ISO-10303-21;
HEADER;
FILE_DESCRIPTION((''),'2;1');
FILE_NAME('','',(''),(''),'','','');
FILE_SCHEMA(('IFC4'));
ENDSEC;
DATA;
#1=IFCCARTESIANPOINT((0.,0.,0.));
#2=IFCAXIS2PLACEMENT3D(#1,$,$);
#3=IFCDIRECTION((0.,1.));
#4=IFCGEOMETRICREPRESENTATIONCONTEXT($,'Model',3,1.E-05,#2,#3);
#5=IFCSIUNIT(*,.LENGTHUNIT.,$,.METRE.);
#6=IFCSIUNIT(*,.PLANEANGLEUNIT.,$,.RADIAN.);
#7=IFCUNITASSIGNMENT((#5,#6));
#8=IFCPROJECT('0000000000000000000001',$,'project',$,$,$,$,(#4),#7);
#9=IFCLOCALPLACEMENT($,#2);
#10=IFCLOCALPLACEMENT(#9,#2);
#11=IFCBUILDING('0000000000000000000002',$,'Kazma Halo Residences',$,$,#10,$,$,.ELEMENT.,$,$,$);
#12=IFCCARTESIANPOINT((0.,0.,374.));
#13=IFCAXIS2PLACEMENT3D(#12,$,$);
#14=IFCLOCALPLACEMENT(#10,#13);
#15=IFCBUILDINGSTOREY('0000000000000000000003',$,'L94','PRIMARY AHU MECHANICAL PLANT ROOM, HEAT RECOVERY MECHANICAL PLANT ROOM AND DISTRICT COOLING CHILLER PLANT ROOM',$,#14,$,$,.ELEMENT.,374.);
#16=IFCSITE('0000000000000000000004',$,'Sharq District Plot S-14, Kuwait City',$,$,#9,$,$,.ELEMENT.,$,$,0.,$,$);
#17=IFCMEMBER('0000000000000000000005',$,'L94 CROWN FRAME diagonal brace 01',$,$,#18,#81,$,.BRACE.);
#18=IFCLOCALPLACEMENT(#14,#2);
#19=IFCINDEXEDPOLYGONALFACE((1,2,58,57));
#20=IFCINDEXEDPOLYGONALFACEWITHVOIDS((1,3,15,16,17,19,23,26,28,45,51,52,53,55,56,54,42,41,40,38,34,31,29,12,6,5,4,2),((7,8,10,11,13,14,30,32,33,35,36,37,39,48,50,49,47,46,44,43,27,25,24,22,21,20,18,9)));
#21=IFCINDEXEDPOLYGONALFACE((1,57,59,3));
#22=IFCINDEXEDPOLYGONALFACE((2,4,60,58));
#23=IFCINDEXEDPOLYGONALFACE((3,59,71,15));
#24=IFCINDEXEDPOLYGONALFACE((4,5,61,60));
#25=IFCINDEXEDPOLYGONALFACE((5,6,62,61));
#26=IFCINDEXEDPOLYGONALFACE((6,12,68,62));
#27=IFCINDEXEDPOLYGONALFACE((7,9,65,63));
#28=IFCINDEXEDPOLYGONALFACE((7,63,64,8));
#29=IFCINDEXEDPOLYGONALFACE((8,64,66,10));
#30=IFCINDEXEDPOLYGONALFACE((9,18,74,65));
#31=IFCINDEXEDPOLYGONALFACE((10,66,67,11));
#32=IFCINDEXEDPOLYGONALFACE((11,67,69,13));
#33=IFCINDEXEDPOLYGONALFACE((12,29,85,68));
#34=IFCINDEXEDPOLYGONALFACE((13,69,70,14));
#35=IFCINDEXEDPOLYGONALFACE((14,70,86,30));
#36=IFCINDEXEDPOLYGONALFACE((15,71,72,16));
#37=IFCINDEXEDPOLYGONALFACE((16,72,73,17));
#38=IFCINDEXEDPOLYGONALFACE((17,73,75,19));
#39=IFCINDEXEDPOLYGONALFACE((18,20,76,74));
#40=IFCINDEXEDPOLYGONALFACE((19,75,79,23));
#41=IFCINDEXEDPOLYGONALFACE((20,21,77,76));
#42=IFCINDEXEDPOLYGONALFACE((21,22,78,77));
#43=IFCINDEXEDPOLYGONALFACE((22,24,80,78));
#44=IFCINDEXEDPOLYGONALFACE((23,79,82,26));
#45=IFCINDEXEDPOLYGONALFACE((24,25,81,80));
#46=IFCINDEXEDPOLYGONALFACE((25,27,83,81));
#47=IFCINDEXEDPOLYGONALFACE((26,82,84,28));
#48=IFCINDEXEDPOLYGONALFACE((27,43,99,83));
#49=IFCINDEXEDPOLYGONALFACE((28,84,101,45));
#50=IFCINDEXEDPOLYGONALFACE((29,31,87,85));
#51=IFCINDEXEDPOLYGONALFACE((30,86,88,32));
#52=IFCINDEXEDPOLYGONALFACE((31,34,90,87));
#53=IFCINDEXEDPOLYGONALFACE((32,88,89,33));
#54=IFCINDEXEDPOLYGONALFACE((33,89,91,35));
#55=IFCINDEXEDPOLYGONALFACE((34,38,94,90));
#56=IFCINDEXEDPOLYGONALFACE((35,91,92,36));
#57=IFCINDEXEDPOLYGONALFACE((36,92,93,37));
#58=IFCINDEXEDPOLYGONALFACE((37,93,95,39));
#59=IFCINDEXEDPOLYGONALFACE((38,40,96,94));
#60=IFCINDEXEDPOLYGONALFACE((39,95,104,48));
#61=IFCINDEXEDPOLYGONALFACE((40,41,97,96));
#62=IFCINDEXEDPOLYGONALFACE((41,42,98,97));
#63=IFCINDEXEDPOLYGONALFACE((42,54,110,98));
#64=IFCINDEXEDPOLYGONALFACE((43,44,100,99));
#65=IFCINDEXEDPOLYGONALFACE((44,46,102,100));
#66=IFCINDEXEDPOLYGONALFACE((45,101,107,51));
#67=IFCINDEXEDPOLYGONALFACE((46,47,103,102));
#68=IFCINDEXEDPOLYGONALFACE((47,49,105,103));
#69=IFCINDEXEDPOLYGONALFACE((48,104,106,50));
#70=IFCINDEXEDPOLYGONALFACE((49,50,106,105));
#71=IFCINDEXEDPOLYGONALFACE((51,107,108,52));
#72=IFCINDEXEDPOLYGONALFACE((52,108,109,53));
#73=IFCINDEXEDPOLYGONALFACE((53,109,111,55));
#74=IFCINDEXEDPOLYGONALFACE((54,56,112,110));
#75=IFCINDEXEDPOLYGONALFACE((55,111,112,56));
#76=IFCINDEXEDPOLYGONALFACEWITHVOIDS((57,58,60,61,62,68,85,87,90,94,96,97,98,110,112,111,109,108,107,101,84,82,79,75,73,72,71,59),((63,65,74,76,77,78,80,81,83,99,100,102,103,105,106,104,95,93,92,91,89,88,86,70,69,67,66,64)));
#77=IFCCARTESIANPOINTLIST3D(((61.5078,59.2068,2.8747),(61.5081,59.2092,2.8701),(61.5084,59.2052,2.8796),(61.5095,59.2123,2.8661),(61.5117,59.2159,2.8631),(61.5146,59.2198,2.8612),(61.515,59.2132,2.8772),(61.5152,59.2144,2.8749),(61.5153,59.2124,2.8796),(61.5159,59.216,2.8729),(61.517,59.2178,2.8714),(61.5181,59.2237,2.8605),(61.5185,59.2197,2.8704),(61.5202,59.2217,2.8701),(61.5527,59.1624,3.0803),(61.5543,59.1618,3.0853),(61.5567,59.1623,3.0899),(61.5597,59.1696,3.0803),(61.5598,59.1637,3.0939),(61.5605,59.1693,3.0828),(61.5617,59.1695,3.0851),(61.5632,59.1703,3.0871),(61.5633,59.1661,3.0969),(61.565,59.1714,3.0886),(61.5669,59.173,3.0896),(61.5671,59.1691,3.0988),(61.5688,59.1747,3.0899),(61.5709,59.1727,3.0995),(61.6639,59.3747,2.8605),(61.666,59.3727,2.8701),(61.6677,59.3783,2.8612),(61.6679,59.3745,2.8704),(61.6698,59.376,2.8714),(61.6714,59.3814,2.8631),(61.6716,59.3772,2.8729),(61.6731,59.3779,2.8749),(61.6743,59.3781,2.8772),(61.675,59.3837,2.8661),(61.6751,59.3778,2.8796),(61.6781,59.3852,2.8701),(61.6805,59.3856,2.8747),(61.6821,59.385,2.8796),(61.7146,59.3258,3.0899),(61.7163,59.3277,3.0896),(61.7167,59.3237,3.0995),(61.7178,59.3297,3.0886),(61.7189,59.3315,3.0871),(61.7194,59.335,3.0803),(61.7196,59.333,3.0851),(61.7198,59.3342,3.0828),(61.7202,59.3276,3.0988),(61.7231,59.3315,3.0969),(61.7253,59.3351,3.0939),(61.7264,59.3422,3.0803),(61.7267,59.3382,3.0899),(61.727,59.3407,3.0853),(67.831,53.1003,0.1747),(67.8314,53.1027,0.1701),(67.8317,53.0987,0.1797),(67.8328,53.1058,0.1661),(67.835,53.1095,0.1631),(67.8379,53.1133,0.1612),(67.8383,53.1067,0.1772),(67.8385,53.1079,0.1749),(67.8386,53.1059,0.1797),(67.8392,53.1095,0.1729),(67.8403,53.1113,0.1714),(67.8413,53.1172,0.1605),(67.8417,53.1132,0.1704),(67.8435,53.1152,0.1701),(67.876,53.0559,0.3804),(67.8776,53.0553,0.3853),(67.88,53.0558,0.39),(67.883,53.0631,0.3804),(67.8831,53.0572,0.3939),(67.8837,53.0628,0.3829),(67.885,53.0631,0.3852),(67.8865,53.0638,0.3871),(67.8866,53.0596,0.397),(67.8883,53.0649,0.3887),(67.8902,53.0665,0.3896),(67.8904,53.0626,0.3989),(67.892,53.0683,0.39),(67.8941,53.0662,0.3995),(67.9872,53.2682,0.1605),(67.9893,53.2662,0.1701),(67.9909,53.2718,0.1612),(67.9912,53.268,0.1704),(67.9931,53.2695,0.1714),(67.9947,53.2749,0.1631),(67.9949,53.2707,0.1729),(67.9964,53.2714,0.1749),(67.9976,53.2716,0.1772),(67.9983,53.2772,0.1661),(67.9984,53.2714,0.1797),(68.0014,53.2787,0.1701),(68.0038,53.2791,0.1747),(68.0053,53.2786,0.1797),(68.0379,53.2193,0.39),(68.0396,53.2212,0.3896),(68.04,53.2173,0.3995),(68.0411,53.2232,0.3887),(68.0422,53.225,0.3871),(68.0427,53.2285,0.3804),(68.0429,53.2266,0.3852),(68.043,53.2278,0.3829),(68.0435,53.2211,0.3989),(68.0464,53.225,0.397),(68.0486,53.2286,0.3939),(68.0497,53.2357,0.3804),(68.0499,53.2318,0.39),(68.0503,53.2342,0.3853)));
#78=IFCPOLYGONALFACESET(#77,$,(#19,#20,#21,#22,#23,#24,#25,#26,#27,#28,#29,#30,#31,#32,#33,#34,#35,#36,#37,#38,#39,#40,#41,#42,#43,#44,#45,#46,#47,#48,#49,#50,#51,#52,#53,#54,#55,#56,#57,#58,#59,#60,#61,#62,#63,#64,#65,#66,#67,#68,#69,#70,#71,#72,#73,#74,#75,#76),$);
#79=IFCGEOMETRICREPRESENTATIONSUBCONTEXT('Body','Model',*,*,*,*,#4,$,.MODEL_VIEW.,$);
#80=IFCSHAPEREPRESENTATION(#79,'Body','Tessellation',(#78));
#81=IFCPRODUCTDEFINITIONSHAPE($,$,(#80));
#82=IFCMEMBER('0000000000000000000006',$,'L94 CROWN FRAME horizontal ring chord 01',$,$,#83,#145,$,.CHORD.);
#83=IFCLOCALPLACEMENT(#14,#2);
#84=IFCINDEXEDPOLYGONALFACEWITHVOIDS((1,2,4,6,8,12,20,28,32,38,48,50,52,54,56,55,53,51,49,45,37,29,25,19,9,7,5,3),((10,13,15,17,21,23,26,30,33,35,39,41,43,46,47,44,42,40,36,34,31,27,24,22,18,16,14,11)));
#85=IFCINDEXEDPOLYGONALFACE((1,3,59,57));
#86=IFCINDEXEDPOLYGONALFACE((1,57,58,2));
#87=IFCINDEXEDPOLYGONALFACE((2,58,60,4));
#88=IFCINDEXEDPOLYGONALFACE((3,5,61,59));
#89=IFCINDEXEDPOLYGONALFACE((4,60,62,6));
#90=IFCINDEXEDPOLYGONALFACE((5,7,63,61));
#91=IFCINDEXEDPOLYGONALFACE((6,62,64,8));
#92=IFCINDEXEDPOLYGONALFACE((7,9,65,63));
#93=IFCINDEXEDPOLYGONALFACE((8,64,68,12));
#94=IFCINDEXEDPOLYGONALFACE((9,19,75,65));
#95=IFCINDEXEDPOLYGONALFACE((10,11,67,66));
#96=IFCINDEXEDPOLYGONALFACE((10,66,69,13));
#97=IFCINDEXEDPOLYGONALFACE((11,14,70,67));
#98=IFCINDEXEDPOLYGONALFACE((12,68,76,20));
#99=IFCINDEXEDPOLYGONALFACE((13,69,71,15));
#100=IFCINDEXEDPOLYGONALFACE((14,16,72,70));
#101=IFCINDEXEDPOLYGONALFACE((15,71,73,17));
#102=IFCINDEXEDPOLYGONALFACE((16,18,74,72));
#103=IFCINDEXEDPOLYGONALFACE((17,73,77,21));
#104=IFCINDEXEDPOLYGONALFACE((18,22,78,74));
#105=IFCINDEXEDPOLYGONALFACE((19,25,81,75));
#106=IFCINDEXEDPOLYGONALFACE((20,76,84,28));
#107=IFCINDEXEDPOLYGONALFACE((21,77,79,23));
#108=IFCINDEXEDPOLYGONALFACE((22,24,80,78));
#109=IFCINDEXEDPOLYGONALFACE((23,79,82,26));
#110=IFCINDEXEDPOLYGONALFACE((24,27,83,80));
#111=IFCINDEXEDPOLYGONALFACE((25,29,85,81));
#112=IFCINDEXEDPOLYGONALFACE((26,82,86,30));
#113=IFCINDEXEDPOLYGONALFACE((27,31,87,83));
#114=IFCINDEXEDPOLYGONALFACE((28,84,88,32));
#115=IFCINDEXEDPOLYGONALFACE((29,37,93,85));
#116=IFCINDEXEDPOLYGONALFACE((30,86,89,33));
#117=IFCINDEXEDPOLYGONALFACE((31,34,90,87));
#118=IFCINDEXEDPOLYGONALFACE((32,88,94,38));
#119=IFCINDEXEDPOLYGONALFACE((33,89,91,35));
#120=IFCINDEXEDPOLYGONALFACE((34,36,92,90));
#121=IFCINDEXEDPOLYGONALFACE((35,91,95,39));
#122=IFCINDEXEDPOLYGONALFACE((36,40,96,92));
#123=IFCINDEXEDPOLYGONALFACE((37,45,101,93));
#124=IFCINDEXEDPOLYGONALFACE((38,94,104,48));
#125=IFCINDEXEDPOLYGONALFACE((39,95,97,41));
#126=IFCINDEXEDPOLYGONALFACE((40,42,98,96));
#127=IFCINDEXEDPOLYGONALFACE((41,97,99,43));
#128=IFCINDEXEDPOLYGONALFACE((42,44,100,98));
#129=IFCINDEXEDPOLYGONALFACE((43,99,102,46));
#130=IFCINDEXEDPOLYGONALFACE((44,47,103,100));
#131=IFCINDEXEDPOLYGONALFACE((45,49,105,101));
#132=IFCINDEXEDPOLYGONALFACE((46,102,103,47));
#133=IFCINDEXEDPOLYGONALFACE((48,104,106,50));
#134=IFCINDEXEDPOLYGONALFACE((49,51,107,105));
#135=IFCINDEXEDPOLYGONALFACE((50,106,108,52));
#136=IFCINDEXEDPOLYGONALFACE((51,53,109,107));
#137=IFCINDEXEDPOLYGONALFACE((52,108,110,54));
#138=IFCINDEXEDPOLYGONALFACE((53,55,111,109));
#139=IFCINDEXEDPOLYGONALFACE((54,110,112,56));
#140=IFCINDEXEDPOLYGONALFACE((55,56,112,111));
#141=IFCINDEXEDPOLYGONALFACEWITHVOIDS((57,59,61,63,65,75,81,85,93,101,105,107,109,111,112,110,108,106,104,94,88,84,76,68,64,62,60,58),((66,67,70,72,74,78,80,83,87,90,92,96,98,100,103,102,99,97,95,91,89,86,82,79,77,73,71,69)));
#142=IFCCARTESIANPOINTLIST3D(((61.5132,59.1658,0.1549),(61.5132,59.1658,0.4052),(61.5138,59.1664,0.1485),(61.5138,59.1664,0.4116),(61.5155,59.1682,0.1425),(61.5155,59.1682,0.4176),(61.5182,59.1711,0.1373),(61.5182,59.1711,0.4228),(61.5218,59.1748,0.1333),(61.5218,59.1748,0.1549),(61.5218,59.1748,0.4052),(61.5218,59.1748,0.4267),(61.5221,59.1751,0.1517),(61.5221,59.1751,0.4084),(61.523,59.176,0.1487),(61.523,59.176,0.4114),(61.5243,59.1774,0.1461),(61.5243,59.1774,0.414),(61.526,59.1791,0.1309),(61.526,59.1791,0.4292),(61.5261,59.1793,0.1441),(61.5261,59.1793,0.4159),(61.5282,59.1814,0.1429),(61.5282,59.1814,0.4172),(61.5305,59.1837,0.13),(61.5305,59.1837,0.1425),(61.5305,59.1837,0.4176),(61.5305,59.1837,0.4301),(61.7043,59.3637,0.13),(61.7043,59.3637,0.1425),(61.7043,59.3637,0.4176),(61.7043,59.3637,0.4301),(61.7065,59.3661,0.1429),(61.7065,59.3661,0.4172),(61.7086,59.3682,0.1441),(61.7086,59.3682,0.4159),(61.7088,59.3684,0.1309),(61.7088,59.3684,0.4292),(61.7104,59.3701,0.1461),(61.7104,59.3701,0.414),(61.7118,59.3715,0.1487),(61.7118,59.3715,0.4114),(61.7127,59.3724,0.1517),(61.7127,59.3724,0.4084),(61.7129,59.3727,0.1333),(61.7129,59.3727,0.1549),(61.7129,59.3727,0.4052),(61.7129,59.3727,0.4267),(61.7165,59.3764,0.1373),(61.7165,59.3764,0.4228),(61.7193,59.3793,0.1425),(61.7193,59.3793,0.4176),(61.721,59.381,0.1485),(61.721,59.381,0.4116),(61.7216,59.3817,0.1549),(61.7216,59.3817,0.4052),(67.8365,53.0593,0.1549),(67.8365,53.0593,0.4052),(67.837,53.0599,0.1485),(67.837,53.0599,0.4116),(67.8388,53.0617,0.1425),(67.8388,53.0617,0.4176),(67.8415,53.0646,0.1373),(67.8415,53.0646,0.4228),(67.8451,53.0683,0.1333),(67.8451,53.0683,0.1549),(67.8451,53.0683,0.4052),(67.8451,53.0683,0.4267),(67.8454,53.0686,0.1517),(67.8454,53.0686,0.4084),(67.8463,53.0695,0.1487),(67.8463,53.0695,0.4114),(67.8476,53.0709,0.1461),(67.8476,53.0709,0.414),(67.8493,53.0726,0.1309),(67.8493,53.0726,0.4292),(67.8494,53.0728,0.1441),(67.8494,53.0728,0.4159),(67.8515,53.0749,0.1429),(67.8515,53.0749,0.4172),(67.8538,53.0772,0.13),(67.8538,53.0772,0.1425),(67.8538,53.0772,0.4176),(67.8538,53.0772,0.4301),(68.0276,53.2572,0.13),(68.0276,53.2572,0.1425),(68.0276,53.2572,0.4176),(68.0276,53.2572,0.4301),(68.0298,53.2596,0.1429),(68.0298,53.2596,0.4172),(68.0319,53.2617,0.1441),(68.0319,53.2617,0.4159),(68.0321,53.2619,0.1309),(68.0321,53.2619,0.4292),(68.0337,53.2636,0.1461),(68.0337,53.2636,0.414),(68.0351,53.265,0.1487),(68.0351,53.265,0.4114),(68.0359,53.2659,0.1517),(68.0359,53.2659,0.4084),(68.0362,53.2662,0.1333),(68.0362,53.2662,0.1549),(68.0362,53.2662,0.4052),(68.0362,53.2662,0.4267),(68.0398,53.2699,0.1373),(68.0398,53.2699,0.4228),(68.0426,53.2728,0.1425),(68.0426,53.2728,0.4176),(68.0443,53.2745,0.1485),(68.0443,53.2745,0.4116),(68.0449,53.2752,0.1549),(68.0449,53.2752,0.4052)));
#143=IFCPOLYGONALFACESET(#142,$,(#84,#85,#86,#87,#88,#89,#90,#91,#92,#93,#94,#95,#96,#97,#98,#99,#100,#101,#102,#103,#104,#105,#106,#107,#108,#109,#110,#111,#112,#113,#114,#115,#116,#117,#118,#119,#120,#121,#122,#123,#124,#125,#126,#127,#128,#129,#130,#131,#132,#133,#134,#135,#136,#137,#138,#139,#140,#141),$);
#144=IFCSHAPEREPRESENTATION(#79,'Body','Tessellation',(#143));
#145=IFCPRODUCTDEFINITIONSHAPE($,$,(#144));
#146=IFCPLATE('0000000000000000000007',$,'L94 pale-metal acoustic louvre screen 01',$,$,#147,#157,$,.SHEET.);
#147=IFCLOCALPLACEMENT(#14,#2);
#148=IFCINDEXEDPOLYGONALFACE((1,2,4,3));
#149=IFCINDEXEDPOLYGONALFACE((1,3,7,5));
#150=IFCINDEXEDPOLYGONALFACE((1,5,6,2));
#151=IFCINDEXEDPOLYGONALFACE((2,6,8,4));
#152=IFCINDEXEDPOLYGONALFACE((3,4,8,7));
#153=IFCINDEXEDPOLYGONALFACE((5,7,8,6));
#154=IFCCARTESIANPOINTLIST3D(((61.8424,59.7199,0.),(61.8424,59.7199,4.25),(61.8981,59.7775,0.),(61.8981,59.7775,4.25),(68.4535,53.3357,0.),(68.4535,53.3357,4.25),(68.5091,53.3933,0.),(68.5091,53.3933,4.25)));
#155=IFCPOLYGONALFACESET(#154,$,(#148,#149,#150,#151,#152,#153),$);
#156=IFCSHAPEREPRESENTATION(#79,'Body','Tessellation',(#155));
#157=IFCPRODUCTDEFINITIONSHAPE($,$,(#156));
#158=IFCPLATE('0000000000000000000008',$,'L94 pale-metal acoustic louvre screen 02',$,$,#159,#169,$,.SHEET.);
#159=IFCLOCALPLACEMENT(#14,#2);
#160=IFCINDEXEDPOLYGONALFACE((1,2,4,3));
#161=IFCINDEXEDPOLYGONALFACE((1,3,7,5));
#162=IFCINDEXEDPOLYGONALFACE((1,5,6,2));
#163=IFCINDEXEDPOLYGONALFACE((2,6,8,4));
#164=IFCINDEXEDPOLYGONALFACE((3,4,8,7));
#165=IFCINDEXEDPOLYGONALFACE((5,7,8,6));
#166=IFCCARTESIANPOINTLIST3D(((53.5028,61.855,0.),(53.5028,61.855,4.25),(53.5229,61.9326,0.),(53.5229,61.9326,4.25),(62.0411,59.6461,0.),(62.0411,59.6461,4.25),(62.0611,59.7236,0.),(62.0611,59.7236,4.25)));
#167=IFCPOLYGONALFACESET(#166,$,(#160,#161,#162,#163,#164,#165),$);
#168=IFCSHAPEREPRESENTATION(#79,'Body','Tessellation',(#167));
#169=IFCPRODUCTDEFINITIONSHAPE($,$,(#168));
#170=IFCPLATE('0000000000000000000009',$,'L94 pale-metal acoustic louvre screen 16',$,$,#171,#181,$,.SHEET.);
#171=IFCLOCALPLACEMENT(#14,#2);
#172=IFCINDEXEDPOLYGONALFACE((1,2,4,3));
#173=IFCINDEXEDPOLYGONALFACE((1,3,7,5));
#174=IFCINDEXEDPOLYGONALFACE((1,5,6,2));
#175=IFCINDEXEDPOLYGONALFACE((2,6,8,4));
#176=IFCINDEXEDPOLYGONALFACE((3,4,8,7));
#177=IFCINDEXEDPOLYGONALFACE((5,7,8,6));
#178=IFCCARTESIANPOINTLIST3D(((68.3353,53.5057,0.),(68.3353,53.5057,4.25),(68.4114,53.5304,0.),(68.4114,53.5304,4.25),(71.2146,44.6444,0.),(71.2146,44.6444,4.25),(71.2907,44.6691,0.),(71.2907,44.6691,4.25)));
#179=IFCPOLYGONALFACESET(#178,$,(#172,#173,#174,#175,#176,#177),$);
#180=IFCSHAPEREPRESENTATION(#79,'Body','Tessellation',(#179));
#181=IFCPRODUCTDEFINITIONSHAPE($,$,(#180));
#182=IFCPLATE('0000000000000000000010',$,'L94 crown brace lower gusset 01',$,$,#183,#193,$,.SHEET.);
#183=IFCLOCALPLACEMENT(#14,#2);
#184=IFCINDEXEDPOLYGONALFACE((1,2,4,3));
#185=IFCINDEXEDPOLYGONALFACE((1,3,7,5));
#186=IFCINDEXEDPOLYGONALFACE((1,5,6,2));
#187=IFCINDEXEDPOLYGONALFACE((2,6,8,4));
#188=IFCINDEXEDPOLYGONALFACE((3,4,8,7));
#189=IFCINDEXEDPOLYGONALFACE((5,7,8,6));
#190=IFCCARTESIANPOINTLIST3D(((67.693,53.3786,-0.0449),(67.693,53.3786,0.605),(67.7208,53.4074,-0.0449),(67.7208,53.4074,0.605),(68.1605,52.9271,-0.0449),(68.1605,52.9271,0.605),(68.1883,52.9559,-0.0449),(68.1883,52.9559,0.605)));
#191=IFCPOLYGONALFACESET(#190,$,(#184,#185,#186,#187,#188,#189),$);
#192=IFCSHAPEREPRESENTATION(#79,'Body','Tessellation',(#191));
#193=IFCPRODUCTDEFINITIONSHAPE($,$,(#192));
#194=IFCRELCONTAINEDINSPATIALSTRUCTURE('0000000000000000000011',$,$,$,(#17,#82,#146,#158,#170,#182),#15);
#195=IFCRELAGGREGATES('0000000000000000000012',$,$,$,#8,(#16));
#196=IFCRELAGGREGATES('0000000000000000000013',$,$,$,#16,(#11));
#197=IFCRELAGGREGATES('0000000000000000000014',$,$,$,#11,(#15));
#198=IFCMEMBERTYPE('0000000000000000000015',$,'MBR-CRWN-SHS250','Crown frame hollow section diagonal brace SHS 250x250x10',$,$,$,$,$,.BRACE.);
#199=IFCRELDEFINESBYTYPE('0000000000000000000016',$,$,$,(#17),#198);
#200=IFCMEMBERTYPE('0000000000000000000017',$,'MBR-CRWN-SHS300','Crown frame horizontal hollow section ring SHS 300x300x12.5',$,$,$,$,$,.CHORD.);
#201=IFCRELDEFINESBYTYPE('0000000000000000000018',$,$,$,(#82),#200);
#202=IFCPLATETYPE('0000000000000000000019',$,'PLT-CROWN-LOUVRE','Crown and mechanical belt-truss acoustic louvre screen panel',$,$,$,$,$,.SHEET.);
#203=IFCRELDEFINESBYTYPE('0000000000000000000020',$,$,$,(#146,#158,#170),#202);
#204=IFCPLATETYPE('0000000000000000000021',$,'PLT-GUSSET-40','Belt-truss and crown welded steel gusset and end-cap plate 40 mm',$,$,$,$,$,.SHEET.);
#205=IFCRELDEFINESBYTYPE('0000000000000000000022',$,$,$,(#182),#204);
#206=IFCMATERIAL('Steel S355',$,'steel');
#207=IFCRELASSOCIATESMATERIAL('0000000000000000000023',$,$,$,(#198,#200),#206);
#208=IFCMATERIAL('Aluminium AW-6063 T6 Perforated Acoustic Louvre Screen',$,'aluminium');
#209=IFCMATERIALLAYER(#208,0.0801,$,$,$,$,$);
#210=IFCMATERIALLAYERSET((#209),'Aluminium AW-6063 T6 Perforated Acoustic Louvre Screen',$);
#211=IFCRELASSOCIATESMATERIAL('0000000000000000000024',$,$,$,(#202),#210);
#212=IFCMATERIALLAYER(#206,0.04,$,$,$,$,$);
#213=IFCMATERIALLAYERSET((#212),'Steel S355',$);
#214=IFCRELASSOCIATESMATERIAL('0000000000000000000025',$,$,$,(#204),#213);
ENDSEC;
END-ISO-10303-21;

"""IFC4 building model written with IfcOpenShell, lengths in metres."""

from ifc_helpers import new_model, si_unit, direction, frame, origin, origin_2d, place, context, subcontext, project, spatial, rectangle, hollow_rectangle, extrude, material, layer, layer_set, material_profile, profile_set, type_object, element, save


model = new_model("IFC4")

# Units and contexts
model_context = context("Model", 3, precision=1e-05, world=origin(), true_north=direction((0.0, 1.0)))
body_context = subcontext(model_context, "Body", "Model", "MODEL_VIEW")
ifc_project = project(units=[si_unit("LENGTHUNIT", "METRE"), si_unit("PLANEANGLEUNIT", "RADIAN")], contexts=[model_context])

# Site, building, storey
site_placement = place(None, origin())
site = spatial("IfcSite", under=ifc_project, at=site_placement, Name="Sharq District Plot S-14, Kuwait City", CompositionType="ELEMENT", RefElevation=0.0)
building_placement = place(site_placement, origin())
building = spatial("IfcBuilding", under=site, at=building_placement, Name="Kazma Halo Residences", CompositionType="ELEMENT")
storey_placement = place(building_placement, frame((0.0, 0.0, 374.0)))
storey = spatial("IfcBuildingStorey", under=building, at=storey_placement, Name="L94", Description="PRIMARY AHU MECHANICAL PLANT ROOM, HEAT RECOVERY MECHANICAL PLANT ROOM AND DISTRICT COOLING CHILLER PLANT ROOM", CompositionType="ELEMENT", Elevation=374.0)

# Shared definitions
ifc_material_1 = material(Name="Steel S355", Category="steel")

# Members
ifc_material_profile_1 = material_profile(ifc_material_1, hollow_rectangle(XDim=0.25, YDim=0.25, WallThickness=0.01, InnerFilletRadius=0.01, OuterFilletRadius=0.02, at=origin_2d()), Name="SHS250x250x10")
ifc_profile_set_1 = profile_set([ifc_material_profile_1], Name="Steel S355")
member_type_1 = type_object("IfcMemberType", Name="MBR-CRWN-SHS250", Description="Crown frame hollow section diagonal brace SHS 250x250x10", PredefinedType="BRACE", material=ifc_profile_set_1)
member_1_placement = place(storey_placement, frame((67.9407, 53.1672, 0.28), z_axis=(-0.687627, 0.664051, 0.293609), x_axis=(-0.694668, -0.719331, 0.0)))
element("IfcMember", 1, at=member_1_placement, inside=storey, type_object=member_type_1, Name="L94 CROWN FRAME diagonal brace 01", PredefinedType="BRACE", context=body_context, shape_type="SweptSolid", body=[
    extrude(hollow_rectangle(XDim=0.25, YDim=0.25, WallThickness=0.01, InnerFilletRadius=0.01, OuterFilletRadius=0.02, at=origin_2d()), origin(), (0.0, 0.0, 1.0), 9.1958),
])
ifc_material_profile_2 = material_profile(ifc_material_1, hollow_rectangle(XDim=0.3, YDim=0.3, WallThickness=0.0125, InnerFilletRadius=0.0125, OuterFilletRadius=0.0249, at=origin_2d()), Name="SHS300x300x12.5")
ifc_profile_set_2 = profile_set([ifc_material_profile_2], Name="Steel S355")
member_type_2 = type_object("IfcMemberType", Name="MBR-CRWN-SHS300", Description="Crown frame horizontal hollow section ring SHS 300x300x12.5", PredefinedType="CHORD", material=ifc_profile_set_2)
member_2_placement = place(storey_placement, frame((67.9407, 53.1672, 0.28), z_axis=(-0.719331, 0.694668, 0.0), x_axis=(-0.694668, -0.719331, 0.0)))
element("IfcMember", 2, at=member_2_placement, inside=storey, type_object=member_type_2, Name="L94 CROWN FRAME horizontal ring chord 01", PredefinedType="CHORD", context=body_context, shape_type="SweptSolid", body=[
    extrude(hollow_rectangle(XDim=0.3, YDim=0.3, WallThickness=0.0125, InnerFilletRadius=0.0125, OuterFilletRadius=0.0249, at=origin_2d()), origin(), (0.0, 0.0, 1.0), 8.7905),
])

# Plates
ifc_material_2 = material(Name="Aluminium AW-6063 T6 Perforated Acoustic Louvre Screen", Category="aluminium")
ifc_layer_1 = layer(ifc_material_2, 0.0801)
ifc_layer_set_1 = layer_set([ifc_layer_1], Name="Aluminium AW-6063 T6 Perforated Acoustic Louvre Screen")
plate_type_1 = type_object("IfcPlateType", Name="PLT-CROWN-LOUVRE", Description="Crown and mechanical belt-truss acoustic louvre screen panel", PredefinedType="SHEET", material=ifc_layer_set_1)
plate_1_placement = place(storey_placement, frame((65.1758, 56.5566, 0.0), z_axis=(0.0, 0.0, 1.0), x_axis=(-0.719342, 0.694656, 0.0)))
element("IfcPlate", 3, at=plate_1_placement, inside=storey, type_object=plate_type_1, Name="L94 pale-metal acoustic louvre screen 01", PredefinedType="SHEET", context=body_context, shape_type="SweptSolid", body=[
    extrude(rectangle(XDim=9.1904, YDim=0.0801, at=origin_2d()), origin(), (0.0, 0.0, 1.0), 4.25),
])
plate_2_placement = place(storey_placement, frame((57.782, 60.7893, 0.0), z_axis=(0.0, 0.0, 1.0), x_axis=(-0.968124, 0.25047, 0.0)))
element("IfcPlate", 4, at=plate_2_placement, inside=storey, type_object=plate_type_1, Name="L94 pale-metal acoustic louvre screen 02", PredefinedType="SHEET", context=body_context, shape_type="SweptSolid", body=[
    extrude(rectangle(XDim=8.8193, YDim=0.0801, at=origin_2d()), origin(), (0.0, 0.0, 1.0), 4.25),
])
plate_3_placement = place(storey_placement, frame((69.813, 49.0874, 0.0), z_axis=(0.0, 0.0, 1.0), x_axis=(-0.309023, 0.951055, 0.0)))
element("IfcPlate", 5, at=plate_3_placement, inside=storey, type_object=plate_type_1, Name="L94 pale-metal acoustic louvre screen 16", PredefinedType="SHEET", context=body_context, shape_type="SweptSolid", body=[
    extrude(rectangle(XDim=9.3174, YDim=0.0801, at=origin_2d()), origin(), (0.0, 0.0, 1.0), 4.25),
])
ifc_layer_2 = layer(ifc_material_1, 0.04)
ifc_layer_set_2 = layer_set([ifc_layer_2], Name="Steel S355")
plate_type_2 = type_object("IfcPlateType", Name="PLT-GUSSET-40", Description="Belt-truss and crown welded steel gusset and end-cap plate 40 mm", PredefinedType="SHEET", material=ifc_layer_set_2)
for number, where, z_axis, x_axis, name in (
    (6, (67.9407, 53.1672, -0.0449), (0.0, 0.0, 1.0), (-0.719342, 0.694656, 0.0), "L94 crown brace lower gusset 01"),
):
    element("IfcPlate", number, at=place(storey_placement, frame(where, z_axis=z_axis, x_axis=x_axis)), inside=storey, type_object=plate_type_2, Name=name, PredefinedType="SHEET", context=body_context, shape_type="SweptSolid", body=[
        extrude(rectangle(XDim=0.6499, YDim=0.04, at=origin_2d()), origin(), (0.0, 0.0, 1.0), 0.6499),
    ])

save(model, "model.ifc")
